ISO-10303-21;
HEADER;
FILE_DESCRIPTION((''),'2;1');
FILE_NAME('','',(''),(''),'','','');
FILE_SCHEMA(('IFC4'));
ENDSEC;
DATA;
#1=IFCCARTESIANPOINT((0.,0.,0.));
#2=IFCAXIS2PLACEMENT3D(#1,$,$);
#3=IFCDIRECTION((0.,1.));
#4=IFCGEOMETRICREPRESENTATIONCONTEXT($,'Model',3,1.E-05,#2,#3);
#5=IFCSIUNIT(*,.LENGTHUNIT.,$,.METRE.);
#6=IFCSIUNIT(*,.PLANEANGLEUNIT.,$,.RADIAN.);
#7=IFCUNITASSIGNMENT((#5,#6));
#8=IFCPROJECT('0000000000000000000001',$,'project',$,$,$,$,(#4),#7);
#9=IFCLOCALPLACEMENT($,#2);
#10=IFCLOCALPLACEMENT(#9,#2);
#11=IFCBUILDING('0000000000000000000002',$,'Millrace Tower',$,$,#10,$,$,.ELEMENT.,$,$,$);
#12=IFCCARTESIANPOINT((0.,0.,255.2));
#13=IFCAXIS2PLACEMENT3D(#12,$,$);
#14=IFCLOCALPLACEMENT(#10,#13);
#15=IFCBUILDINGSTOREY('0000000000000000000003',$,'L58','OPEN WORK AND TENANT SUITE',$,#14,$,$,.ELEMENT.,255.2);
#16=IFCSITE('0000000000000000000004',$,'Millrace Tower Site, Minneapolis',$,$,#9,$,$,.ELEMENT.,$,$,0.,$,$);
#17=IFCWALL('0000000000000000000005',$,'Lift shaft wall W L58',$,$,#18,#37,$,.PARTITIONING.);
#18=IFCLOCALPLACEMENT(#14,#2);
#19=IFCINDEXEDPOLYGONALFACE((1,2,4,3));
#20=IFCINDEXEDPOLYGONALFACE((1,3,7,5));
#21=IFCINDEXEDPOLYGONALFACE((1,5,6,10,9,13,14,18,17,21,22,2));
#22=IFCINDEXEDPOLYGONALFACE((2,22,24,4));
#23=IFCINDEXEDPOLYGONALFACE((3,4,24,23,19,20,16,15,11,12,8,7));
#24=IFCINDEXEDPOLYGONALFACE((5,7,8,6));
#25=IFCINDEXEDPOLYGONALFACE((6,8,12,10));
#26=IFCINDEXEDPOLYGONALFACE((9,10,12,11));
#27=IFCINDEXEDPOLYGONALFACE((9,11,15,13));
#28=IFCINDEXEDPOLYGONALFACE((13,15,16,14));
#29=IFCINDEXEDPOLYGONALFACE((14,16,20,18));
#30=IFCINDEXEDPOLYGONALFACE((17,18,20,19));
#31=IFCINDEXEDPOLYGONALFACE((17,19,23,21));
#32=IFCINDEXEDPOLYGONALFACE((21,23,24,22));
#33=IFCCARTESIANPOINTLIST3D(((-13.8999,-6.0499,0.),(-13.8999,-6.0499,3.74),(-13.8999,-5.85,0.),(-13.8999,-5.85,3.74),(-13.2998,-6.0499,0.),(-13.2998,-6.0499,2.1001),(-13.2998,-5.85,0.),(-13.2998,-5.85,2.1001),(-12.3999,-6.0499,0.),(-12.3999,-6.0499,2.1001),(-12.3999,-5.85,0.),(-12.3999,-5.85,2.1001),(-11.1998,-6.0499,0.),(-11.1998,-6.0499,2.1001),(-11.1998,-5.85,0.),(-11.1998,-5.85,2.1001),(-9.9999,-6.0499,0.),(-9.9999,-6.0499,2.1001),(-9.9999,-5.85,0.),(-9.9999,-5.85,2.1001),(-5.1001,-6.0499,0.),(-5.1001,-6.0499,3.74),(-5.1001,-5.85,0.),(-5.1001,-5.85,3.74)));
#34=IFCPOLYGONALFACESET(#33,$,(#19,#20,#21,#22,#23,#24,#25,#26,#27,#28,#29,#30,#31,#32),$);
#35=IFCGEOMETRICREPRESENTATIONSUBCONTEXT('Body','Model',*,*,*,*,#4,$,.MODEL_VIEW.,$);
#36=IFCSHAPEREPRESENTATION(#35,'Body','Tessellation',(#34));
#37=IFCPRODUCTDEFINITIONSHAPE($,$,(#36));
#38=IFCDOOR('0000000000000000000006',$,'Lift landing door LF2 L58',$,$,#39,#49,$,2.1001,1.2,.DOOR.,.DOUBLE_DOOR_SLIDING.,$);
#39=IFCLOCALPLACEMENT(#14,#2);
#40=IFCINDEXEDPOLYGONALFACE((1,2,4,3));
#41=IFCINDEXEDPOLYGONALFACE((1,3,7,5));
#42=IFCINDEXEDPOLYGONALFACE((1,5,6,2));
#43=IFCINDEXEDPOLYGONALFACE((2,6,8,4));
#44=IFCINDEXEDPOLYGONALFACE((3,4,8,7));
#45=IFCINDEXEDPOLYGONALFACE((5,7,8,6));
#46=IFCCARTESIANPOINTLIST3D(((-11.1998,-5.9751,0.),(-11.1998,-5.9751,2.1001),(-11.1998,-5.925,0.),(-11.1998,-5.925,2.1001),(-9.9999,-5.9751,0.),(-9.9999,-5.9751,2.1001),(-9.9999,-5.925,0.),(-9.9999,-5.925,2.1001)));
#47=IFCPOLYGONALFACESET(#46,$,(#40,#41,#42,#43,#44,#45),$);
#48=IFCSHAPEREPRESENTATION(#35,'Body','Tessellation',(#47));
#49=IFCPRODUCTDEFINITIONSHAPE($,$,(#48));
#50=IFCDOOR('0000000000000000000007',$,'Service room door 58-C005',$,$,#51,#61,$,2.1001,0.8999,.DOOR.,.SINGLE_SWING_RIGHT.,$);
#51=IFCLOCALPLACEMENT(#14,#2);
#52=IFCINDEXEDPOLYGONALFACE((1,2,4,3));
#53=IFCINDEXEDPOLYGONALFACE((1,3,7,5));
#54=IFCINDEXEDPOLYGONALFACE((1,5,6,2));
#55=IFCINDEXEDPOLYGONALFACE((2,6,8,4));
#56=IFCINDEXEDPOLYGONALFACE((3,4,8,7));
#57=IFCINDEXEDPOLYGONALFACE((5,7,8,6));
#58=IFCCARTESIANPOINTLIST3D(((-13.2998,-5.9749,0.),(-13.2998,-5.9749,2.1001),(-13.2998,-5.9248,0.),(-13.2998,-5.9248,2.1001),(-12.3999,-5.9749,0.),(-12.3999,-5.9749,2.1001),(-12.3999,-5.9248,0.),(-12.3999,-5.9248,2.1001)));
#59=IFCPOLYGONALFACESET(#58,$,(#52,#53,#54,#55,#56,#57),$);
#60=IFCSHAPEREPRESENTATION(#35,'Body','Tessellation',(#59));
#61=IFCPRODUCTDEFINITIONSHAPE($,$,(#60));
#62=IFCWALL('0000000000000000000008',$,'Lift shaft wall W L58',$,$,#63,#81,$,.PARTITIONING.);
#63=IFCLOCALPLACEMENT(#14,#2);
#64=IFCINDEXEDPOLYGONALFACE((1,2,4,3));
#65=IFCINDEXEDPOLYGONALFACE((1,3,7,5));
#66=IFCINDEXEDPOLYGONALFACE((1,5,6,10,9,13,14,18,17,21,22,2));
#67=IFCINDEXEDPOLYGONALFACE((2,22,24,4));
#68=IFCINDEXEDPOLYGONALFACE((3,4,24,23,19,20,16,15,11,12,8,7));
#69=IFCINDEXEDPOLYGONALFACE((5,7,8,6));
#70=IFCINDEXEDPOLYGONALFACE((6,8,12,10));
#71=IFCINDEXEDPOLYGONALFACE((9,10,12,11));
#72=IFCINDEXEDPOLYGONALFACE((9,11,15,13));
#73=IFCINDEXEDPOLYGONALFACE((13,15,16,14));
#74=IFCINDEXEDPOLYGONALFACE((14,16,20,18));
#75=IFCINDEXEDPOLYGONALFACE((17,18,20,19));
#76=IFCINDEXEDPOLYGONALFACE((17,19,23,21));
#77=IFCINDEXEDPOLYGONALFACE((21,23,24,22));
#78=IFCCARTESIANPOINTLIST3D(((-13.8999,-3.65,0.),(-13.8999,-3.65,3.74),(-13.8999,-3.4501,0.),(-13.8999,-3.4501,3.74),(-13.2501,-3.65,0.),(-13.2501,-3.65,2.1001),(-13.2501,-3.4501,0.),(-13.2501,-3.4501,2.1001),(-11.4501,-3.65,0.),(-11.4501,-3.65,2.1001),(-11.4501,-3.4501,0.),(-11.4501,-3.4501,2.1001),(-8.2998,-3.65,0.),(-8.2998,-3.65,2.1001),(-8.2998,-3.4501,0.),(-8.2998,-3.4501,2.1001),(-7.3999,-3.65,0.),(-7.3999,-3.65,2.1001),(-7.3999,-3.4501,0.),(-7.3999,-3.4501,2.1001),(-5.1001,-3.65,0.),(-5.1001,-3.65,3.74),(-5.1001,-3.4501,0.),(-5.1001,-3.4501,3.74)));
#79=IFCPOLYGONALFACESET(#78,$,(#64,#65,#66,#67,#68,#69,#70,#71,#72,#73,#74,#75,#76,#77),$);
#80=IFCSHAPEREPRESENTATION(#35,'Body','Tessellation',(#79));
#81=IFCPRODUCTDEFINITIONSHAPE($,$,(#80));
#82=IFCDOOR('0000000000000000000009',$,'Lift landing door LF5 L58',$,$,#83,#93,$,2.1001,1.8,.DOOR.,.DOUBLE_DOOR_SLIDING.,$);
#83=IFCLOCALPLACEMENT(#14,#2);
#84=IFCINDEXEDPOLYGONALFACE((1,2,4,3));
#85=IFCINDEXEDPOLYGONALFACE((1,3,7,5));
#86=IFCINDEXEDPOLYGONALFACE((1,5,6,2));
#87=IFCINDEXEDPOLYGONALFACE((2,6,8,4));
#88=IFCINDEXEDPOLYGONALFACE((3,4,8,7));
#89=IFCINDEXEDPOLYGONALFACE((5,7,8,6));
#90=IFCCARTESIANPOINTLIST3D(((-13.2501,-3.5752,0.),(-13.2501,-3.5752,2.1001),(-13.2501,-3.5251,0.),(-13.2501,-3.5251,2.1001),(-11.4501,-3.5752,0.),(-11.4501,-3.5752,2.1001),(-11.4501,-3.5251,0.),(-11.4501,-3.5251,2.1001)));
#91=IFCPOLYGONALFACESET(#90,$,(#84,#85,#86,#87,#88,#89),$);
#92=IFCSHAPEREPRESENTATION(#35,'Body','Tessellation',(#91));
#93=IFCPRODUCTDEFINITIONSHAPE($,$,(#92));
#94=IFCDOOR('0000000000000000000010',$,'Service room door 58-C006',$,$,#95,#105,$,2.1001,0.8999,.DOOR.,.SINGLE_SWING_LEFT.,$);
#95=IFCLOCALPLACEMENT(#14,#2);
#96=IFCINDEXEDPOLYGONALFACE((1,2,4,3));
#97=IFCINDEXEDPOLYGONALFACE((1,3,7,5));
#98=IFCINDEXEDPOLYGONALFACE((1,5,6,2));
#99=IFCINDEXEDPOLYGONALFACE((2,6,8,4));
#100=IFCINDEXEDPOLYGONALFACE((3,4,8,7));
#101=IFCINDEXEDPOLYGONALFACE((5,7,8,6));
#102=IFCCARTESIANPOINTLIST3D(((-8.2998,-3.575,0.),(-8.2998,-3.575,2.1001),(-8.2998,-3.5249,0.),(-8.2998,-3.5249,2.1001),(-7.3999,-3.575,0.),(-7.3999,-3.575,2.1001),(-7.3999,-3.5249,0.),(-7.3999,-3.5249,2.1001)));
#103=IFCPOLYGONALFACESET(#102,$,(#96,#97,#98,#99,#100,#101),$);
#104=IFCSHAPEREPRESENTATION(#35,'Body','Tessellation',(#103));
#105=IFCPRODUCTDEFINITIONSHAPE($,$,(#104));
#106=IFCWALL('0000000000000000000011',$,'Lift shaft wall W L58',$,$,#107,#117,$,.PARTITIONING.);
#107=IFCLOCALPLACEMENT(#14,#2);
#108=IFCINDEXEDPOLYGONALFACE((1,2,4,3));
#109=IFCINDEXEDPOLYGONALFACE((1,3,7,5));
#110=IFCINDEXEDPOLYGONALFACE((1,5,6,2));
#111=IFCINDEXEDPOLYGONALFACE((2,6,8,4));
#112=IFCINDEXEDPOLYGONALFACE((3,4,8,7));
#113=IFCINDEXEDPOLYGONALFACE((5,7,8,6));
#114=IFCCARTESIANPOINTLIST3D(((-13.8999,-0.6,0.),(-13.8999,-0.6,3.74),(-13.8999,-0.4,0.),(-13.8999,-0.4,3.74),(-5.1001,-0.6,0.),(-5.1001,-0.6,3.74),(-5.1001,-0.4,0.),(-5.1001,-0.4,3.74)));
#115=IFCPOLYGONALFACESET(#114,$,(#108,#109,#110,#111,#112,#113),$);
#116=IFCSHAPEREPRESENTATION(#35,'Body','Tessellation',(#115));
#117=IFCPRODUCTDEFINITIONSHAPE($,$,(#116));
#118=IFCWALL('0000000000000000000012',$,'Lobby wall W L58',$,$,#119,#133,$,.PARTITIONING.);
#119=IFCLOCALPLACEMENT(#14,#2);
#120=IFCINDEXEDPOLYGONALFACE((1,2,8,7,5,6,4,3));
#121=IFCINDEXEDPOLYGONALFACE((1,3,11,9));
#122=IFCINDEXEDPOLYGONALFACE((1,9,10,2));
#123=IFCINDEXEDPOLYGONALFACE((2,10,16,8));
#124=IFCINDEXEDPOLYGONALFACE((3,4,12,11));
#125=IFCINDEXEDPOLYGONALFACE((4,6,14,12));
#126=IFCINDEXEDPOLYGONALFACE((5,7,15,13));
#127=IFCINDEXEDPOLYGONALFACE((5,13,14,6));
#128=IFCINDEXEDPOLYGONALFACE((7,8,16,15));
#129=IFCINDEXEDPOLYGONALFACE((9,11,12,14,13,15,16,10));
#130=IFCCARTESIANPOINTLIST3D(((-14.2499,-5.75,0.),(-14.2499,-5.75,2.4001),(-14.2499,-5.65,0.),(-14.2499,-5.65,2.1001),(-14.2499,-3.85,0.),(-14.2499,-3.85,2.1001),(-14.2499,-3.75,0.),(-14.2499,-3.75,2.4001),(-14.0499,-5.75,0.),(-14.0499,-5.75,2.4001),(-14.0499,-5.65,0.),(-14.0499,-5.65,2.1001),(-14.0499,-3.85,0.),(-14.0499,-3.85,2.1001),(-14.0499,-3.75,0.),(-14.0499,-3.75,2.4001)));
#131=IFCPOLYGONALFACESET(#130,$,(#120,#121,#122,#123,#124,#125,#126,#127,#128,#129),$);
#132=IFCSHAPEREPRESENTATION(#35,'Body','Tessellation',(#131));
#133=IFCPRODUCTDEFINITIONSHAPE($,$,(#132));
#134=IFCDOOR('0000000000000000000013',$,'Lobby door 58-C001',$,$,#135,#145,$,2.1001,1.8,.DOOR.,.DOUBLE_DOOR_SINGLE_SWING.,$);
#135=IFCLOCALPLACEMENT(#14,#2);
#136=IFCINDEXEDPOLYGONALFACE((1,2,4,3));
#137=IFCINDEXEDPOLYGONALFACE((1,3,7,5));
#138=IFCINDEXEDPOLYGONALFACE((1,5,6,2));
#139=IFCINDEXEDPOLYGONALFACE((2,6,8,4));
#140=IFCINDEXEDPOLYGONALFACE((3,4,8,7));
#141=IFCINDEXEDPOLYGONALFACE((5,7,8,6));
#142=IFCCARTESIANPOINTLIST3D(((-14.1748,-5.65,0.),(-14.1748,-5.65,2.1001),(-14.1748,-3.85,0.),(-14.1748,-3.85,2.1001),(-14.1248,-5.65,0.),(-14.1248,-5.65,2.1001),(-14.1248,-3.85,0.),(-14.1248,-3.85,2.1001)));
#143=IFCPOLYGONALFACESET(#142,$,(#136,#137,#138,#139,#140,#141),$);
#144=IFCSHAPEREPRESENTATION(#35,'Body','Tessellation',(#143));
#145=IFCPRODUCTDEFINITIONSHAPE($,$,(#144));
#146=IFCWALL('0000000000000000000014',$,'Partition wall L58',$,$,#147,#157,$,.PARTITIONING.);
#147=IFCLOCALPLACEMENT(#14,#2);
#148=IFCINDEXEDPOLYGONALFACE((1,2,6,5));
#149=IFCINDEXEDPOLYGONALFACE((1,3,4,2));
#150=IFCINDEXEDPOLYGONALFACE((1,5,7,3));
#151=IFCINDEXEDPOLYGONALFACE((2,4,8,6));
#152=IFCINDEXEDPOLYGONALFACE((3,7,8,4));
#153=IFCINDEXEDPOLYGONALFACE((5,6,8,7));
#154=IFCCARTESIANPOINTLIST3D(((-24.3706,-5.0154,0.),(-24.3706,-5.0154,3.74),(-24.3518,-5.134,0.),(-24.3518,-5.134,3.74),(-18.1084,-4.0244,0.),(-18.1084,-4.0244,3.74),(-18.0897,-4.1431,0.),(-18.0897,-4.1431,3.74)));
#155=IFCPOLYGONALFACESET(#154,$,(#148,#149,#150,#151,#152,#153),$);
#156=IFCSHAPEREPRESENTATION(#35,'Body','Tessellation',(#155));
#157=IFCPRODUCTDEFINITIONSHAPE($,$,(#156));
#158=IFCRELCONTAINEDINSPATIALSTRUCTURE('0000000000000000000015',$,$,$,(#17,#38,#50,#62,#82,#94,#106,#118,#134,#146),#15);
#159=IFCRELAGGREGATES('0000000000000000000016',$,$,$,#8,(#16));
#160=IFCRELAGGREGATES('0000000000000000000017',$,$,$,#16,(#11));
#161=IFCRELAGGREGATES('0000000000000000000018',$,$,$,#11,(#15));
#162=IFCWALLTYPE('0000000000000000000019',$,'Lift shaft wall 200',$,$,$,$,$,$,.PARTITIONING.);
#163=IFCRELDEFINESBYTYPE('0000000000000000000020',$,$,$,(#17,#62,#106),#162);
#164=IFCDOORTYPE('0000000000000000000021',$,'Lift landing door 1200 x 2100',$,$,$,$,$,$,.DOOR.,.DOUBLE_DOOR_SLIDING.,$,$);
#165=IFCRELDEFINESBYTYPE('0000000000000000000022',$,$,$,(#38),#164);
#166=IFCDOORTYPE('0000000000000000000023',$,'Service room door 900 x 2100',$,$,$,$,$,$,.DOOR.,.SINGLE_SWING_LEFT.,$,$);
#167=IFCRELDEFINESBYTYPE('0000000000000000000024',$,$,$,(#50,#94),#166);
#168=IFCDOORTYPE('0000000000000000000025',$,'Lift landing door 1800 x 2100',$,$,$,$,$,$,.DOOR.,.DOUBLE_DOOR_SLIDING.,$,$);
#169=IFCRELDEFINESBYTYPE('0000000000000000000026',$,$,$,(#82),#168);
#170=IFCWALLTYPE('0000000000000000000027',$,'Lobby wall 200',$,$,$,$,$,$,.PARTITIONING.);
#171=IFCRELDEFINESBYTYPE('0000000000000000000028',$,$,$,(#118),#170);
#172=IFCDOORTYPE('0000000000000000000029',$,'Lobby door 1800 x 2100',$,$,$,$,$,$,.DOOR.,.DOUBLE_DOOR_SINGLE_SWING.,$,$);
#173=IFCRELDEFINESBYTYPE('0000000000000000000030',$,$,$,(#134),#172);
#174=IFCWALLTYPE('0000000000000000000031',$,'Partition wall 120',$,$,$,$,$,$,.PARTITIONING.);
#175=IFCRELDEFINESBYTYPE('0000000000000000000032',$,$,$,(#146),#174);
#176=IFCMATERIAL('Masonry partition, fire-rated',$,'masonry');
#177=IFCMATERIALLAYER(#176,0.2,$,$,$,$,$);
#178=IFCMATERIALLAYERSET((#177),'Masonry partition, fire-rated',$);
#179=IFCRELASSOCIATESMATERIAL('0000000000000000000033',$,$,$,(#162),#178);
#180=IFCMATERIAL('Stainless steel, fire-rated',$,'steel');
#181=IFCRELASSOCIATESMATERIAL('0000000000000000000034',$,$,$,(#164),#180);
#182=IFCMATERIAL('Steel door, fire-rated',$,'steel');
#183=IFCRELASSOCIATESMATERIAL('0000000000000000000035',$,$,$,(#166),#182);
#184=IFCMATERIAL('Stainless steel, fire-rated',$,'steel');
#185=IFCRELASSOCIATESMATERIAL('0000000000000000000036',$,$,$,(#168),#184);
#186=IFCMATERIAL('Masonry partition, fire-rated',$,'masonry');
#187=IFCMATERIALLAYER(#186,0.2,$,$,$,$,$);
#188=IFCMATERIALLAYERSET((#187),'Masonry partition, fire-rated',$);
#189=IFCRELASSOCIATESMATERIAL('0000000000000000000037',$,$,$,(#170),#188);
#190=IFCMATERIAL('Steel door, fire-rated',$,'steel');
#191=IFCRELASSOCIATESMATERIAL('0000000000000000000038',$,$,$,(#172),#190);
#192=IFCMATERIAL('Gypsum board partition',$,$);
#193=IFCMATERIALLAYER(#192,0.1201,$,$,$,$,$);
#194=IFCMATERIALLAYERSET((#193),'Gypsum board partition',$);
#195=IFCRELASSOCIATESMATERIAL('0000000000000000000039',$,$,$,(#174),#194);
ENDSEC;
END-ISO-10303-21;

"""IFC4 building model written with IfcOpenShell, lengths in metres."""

from ifc_helpers import new_model, si_unit, direction, frame, frame_2d, origin, place, context, subcontext, project, spatial, rectangle, extrude, material, layer, layer_set, type_object, element, fill, save


model = new_model("IFC4")

# Units and contexts
model_context = context("Model", 3, precision=1e-05, world=origin(), true_north=direction((0.0, 1.0)))
body_context = subcontext(model_context, "Body", "Model", "MODEL_VIEW")
ifc_project = project(units=[si_unit("LENGTHUNIT", "METRE"), si_unit("PLANEANGLEUNIT", "RADIAN")], contexts=[model_context])

# Site, building, storey
site_placement = place(None, origin())
site = spatial("IfcSite", under=ifc_project, at=site_placement, Name="Millrace Tower Site, Minneapolis", CompositionType="ELEMENT", RefElevation=0.0)
building_placement = place(site_placement, origin())
building = spatial("IfcBuilding", under=site, at=building_placement, Name="Millrace Tower", CompositionType="ELEMENT")
storey_placement = place(building_placement, frame((0.0, 0.0, 255.2)))
storey = spatial("IfcBuildingStorey", under=building, at=storey_placement, Name="L58", Description="OPEN WORK AND TENANT SUITE", CompositionType="ELEMENT", Elevation=255.2)

# Walls, openings, doors
ifc_material_1 = material(Name="Masonry partition, fire-rated", Category="masonry")
ifc_layer_1 = layer(ifc_material_1, 0.2)
ifc_layer_set_1 = layer_set([ifc_layer_1], Name="Masonry partition, fire-rated")
wall_type_1 = type_object("IfcWallType", Name="Lift shaft wall 200", PredefinedType="PARTITIONING", material=ifc_layer_set_1)
wall_1_placement = place(storey_placement, frame((-13.8999, -5.95, 0.0), z_axis=(0.0, 0.0, 1.0), x_axis=(1.0, 0.0, 0.0)))
wall_1 = element("IfcWall", 1, at=wall_1_placement, inside=storey, type_object=wall_type_1, Name="Lift shaft wall W L58", PredefinedType="PARTITIONING", context=body_context, shape_type="SweptSolid", body=[
    extrude(rectangle(XDim=8.7998, YDim=0.2, at=frame_2d((4.3999, 0.0))), origin(), (0.0, 0.0, 1.0), 3.74),
])
opening_1_placement = place(wall_1_placement, frame((2.7, 0.0, 0.0)))
opening_1 = element("IfcOpeningElement", 2, at=opening_1_placement, cuts=wall_1, PredefinedType="OPENING", context=body_context, shape_type="SweptSolid", body=[
    extrude(rectangle(XDim=1.2, YDim=2.1001, at=frame_2d((0.6001, 1.05))), frame((0.0, 0.1099, 0.0), z_axis=(0.0, -1.0, 0.0), x_axis=(1.0, 0.0, 0.0)), (0.0, 0.0, 1.0), 0.22),
])
opening_2_placement = place(wall_1_placement, frame((0.6001, 0.0, 0.0)))
opening_2 = element("IfcOpeningElement", 3, at=opening_2_placement, cuts=wall_1, PredefinedType="OPENING", context=body_context, shape_type="SweptSolid", body=[
    extrude(rectangle(XDim=0.8999, YDim=2.1001, at=frame_2d((0.45, 1.05))), frame((0.0, 0.1099, 0.0), z_axis=(0.0, -1.0, 0.0), x_axis=(1.0, 0.0, 0.0)), (0.0, 0.0, 1.0), 0.22),
])
ifc_material_2 = material(Name="Stainless steel, fire-rated", Category="steel")
door_type_1 = type_object("IfcDoorType", Name="Lift landing door 1200 x 2100", OperationType="DOUBLE_DOOR_SLIDING", PredefinedType="DOOR", material=ifc_material_2)
door_1_placement = place(opening_1_placement, origin())
door_1 = element("IfcDoor", 4, at=door_1_placement, inside=storey, type_object=door_type_1, Name="Lift landing door LF2 L58", OperationType="DOUBLE_DOOR_SLIDING", OverallHeight=2.1001, OverallWidth=1.2, PredefinedType="DOOR", context=body_context, shape_type="SweptSolid", body=[
    extrude(rectangle(XDim=1.2, YDim=2.1001, at=frame_2d((0.6001, 1.05))), frame((0.0, 0.0249, 0.0), z_axis=(0.0, -1.0, 0.0), x_axis=(1.0, 0.0, 0.0)), (0.0, 0.0, 1.0), 0.05),
])
fill(opening_1, door_1)
ifc_material_3 = material(Name="Steel door, fire-rated", Category="steel")
door_type_2 = type_object("IfcDoorType", Name="Service room door 900 x 2100", OperationType="SINGLE_SWING_LEFT", PredefinedType="DOOR", material=ifc_material_3)
door_2_placement = place(opening_2_placement, frame((0.8999, 0.0, 0.0), z_axis=(0.0, 0.0, 1.0), x_axis=(-1.0, 0.0, 0.0)))
door_2 = element("IfcDoor", 5, at=door_2_placement, inside=storey, type_object=door_type_2, Name="Service room door 58-C005", OperationType="SINGLE_SWING_RIGHT", OverallHeight=2.1001, OverallWidth=0.8999, PredefinedType="DOOR", context=body_context, shape_type="SweptSolid", body=[
    extrude(rectangle(XDim=0.8999, YDim=2.1001, at=frame_2d((0.45, 1.05))), frame((0.0, 0.0249, 0.0), z_axis=(0.0, -1.0, 0.0), x_axis=(1.0, 0.0, 0.0)), (0.0, 0.0, 1.0), 0.05),
])
fill(opening_2, door_2)
wall_2_placement = place(storey_placement, frame((-13.8999, -3.55, 0.0), z_axis=(0.0, 0.0, 1.0), x_axis=(1.0, 0.0, 0.0)))
wall_2 = element("IfcWall", 6, at=wall_2_placement, inside=storey, type_object=wall_type_1, Name="Lift shaft wall W L58", PredefinedType="PARTITIONING", context=body_context, shape_type="SweptSolid", body=[
    extrude(rectangle(XDim=8.7998, YDim=0.2, at=frame_2d((4.3999, 0.0))), origin(), (0.0, 0.0, 1.0), 3.74),
])
opening_3_placement = place(wall_2_placement, frame((0.6499, 0.0, 0.0)))
opening_3 = element("IfcOpeningElement", 7, at=opening_3_placement, cuts=wall_2, PredefinedType="OPENING", context=body_context, shape_type="SweptSolid", body=[
    extrude(rectangle(XDim=1.8, YDim=2.1001, at=frame_2d((0.8999, 1.05))), frame((0.0, 0.1099, 0.0), z_axis=(0.0, -1.0, 0.0), x_axis=(1.0, 0.0, 0.0)), (0.0, 0.0, 1.0), 0.22),
])
opening_4_placement = place(wall_2_placement, frame((5.6001, 0.0, 0.0)))
opening_4 = element("IfcOpeningElement", 8, at=opening_4_placement, cuts=wall_2, PredefinedType="OPENING", context=body_context, shape_type="SweptSolid", body=[
    extrude(rectangle(XDim=0.8999, YDim=2.1001, at=frame_2d((0.45, 1.05))), frame((0.0, 0.1099, 0.0), z_axis=(0.0, -1.0, 0.0), x_axis=(1.0, 0.0, 0.0)), (0.0, 0.0, 1.0), 0.22),
])
ifc_material_4 = material(Name="Stainless steel, fire-rated", Category="steel")
door_type_3 = type_object("IfcDoorType", Name="Lift landing door 1800 x 2100", OperationType="DOUBLE_DOOR_SLIDING", PredefinedType="DOOR", material=ifc_material_4)
door_3_placement = place(opening_3_placement, origin())
door_3 = element("IfcDoor", 9, at=door_3_placement, inside=storey, type_object=door_type_3, Name="Lift landing door LF5 L58", OperationType="DOUBLE_DOOR_SLIDING", OverallHeight=2.1001, OverallWidth=1.8, PredefinedType="DOOR", context=body_context, shape_type="SweptSolid", body=[
    extrude(rectangle(XDim=1.8, YDim=2.1001, at=frame_2d((0.8999, 1.05))), frame((0.0, 0.0249, 0.0), z_axis=(0.0, -1.0, 0.0), x_axis=(1.0, 0.0, 0.0)), (0.0, 0.0, 1.0), 0.05),
])
fill(opening_3, door_3)
door_4_placement = place(opening_4_placement, frame((0.8999, 0.0, 0.0), z_axis=(0.0, 0.0, 1.0), x_axis=(-1.0, 0.0, 0.0)))
door_4 = element("IfcDoor", 10, at=door_4_placement, inside=storey, type_object=door_type_2, Name="Service room door 58-C006", OperationType="SINGLE_SWING_LEFT", OverallHeight=2.1001, OverallWidth=0.8999, PredefinedType="DOOR", context=body_context, shape_type="SweptSolid", body=[
    extrude(rectangle(XDim=0.8999, YDim=2.1001, at=frame_2d((0.45, 1.05))), frame((0.0, 0.0249, 0.0), z_axis=(0.0, -1.0, 0.0), x_axis=(1.0, 0.0, 0.0)), (0.0, 0.0, 1.0), 0.05),
])
fill(opening_4, door_4)

# Wall
wall_3_placement = place(storey_placement, frame((-13.8999, -0.5, 0.0), z_axis=(0.0, 0.0, 1.0), x_axis=(1.0, 0.0, 0.0)))
element("IfcWall", 11, at=wall_3_placement, inside=storey, type_object=wall_type_1, Name="Lift shaft wall W L58", PredefinedType="PARTITIONING", context=body_context, shape_type="SweptSolid", body=[
    extrude(rectangle(XDim=8.7998, YDim=0.2, at=frame_2d((4.3999, 0.0))), origin(), (0.0, 0.0, 1.0), 3.74),
])

# Wall, opening, door
ifc_material_5 = material(Name="Masonry partition, fire-rated", Category="masonry")
ifc_layer_2 = layer(ifc_material_5, 0.2)
ifc_layer_set_2 = layer_set([ifc_layer_2], Name="Masonry partition, fire-rated")
wall_type_2 = type_object("IfcWallType", Name="Lobby wall 200", PredefinedType="PARTITIONING", material=ifc_layer_set_2)
wall_4_placement = place(storey_placement, frame((-14.1499, -5.75, 0.0), z_axis=(0.0, 0.0, 1.0), x_axis=(0.0, 1.0, 0.0)))
wall_4 = element("IfcWall", 12, at=wall_4_placement, inside=storey, type_object=wall_type_2, Name="Lobby wall W L58", PredefinedType="PARTITIONING", context=body_context, shape_type="SweptSolid", body=[
    extrude(rectangle(XDim=2.0, YDim=0.2, at=frame_2d((1.0, 0.0))), origin(), (0.0, 0.0, 1.0), 2.4001),
])
opening_5_placement = place(wall_4_placement, frame((0.1001, 0.0, 0.0)))
opening_5 = element("IfcOpeningElement", 13, at=opening_5_placement, cuts=wall_4, PredefinedType="OPENING", context=body_context, shape_type="SweptSolid", body=[
    extrude(rectangle(XDim=1.8, YDim=2.1001, at=frame_2d((0.8999, 1.05))), frame((0.0, 0.1099, 0.0), z_axis=(0.0, -1.0, 0.0), x_axis=(1.0, 0.0, 0.0)), (0.0, 0.0, 1.0), 0.22),
])
ifc_material_6 = material(Name="Steel door, fire-rated", Category="steel")
door_type_4 = type_object("IfcDoorType", Name="Lobby door 1800 x 2100", OperationType="DOUBLE_DOOR_SINGLE_SWING", PredefinedType="DOOR", material=ifc_material_6)
door_5_placement = place(opening_5_placement, origin())
door_5 = element("IfcDoor", 14, at=door_5_placement, inside=storey, type_object=door_type_4, Name="Lobby door 58-C001", OperationType="DOUBLE_DOOR_SINGLE_SWING", OverallHeight=2.1001, OverallWidth=1.8, PredefinedType="DOOR", context=body_context, shape_type="SweptSolid", body=[
    extrude(rectangle(XDim=1.8, YDim=2.1001, at=frame_2d((0.8999, 1.05))), frame((0.0, 0.0249, 0.0), z_axis=(0.0, -1.0, 0.0), x_axis=(1.0, 0.0, 0.0)), (0.0, 0.0, 1.0), 0.05),
])
fill(opening_5, door_5)

# Wall
ifc_material_7 = material(Name="Gypsum board partition")
ifc_layer_3 = layer(ifc_material_7, 0.1201)
ifc_layer_set_3 = layer_set([ifc_layer_3], Name="Gypsum board partition")
wall_type_3 = type_object("IfcWallType", Name="Partition wall 120", PredefinedType="PARTITIONING", material=ifc_layer_set_3)
wall_5_placement = place(storey_placement, frame((-24.3611, -5.0747, 0.0), z_axis=(0.0, 0.0, 1.0), x_axis=(0.98771, 0.156301, 0.0)))
element("IfcWall", 15, at=wall_5_placement, inside=storey, type_object=wall_type_3, Name="Partition wall L58", PredefinedType="PARTITIONING", context=body_context, shape_type="SweptSolid", body=[
    extrude(rectangle(XDim=6.3401, YDim=0.1201, at=frame_2d((3.1699, 0.0))), origin(), (0.0, 0.0, 1.0), 3.74),
])

save(model, "model.ifc")
